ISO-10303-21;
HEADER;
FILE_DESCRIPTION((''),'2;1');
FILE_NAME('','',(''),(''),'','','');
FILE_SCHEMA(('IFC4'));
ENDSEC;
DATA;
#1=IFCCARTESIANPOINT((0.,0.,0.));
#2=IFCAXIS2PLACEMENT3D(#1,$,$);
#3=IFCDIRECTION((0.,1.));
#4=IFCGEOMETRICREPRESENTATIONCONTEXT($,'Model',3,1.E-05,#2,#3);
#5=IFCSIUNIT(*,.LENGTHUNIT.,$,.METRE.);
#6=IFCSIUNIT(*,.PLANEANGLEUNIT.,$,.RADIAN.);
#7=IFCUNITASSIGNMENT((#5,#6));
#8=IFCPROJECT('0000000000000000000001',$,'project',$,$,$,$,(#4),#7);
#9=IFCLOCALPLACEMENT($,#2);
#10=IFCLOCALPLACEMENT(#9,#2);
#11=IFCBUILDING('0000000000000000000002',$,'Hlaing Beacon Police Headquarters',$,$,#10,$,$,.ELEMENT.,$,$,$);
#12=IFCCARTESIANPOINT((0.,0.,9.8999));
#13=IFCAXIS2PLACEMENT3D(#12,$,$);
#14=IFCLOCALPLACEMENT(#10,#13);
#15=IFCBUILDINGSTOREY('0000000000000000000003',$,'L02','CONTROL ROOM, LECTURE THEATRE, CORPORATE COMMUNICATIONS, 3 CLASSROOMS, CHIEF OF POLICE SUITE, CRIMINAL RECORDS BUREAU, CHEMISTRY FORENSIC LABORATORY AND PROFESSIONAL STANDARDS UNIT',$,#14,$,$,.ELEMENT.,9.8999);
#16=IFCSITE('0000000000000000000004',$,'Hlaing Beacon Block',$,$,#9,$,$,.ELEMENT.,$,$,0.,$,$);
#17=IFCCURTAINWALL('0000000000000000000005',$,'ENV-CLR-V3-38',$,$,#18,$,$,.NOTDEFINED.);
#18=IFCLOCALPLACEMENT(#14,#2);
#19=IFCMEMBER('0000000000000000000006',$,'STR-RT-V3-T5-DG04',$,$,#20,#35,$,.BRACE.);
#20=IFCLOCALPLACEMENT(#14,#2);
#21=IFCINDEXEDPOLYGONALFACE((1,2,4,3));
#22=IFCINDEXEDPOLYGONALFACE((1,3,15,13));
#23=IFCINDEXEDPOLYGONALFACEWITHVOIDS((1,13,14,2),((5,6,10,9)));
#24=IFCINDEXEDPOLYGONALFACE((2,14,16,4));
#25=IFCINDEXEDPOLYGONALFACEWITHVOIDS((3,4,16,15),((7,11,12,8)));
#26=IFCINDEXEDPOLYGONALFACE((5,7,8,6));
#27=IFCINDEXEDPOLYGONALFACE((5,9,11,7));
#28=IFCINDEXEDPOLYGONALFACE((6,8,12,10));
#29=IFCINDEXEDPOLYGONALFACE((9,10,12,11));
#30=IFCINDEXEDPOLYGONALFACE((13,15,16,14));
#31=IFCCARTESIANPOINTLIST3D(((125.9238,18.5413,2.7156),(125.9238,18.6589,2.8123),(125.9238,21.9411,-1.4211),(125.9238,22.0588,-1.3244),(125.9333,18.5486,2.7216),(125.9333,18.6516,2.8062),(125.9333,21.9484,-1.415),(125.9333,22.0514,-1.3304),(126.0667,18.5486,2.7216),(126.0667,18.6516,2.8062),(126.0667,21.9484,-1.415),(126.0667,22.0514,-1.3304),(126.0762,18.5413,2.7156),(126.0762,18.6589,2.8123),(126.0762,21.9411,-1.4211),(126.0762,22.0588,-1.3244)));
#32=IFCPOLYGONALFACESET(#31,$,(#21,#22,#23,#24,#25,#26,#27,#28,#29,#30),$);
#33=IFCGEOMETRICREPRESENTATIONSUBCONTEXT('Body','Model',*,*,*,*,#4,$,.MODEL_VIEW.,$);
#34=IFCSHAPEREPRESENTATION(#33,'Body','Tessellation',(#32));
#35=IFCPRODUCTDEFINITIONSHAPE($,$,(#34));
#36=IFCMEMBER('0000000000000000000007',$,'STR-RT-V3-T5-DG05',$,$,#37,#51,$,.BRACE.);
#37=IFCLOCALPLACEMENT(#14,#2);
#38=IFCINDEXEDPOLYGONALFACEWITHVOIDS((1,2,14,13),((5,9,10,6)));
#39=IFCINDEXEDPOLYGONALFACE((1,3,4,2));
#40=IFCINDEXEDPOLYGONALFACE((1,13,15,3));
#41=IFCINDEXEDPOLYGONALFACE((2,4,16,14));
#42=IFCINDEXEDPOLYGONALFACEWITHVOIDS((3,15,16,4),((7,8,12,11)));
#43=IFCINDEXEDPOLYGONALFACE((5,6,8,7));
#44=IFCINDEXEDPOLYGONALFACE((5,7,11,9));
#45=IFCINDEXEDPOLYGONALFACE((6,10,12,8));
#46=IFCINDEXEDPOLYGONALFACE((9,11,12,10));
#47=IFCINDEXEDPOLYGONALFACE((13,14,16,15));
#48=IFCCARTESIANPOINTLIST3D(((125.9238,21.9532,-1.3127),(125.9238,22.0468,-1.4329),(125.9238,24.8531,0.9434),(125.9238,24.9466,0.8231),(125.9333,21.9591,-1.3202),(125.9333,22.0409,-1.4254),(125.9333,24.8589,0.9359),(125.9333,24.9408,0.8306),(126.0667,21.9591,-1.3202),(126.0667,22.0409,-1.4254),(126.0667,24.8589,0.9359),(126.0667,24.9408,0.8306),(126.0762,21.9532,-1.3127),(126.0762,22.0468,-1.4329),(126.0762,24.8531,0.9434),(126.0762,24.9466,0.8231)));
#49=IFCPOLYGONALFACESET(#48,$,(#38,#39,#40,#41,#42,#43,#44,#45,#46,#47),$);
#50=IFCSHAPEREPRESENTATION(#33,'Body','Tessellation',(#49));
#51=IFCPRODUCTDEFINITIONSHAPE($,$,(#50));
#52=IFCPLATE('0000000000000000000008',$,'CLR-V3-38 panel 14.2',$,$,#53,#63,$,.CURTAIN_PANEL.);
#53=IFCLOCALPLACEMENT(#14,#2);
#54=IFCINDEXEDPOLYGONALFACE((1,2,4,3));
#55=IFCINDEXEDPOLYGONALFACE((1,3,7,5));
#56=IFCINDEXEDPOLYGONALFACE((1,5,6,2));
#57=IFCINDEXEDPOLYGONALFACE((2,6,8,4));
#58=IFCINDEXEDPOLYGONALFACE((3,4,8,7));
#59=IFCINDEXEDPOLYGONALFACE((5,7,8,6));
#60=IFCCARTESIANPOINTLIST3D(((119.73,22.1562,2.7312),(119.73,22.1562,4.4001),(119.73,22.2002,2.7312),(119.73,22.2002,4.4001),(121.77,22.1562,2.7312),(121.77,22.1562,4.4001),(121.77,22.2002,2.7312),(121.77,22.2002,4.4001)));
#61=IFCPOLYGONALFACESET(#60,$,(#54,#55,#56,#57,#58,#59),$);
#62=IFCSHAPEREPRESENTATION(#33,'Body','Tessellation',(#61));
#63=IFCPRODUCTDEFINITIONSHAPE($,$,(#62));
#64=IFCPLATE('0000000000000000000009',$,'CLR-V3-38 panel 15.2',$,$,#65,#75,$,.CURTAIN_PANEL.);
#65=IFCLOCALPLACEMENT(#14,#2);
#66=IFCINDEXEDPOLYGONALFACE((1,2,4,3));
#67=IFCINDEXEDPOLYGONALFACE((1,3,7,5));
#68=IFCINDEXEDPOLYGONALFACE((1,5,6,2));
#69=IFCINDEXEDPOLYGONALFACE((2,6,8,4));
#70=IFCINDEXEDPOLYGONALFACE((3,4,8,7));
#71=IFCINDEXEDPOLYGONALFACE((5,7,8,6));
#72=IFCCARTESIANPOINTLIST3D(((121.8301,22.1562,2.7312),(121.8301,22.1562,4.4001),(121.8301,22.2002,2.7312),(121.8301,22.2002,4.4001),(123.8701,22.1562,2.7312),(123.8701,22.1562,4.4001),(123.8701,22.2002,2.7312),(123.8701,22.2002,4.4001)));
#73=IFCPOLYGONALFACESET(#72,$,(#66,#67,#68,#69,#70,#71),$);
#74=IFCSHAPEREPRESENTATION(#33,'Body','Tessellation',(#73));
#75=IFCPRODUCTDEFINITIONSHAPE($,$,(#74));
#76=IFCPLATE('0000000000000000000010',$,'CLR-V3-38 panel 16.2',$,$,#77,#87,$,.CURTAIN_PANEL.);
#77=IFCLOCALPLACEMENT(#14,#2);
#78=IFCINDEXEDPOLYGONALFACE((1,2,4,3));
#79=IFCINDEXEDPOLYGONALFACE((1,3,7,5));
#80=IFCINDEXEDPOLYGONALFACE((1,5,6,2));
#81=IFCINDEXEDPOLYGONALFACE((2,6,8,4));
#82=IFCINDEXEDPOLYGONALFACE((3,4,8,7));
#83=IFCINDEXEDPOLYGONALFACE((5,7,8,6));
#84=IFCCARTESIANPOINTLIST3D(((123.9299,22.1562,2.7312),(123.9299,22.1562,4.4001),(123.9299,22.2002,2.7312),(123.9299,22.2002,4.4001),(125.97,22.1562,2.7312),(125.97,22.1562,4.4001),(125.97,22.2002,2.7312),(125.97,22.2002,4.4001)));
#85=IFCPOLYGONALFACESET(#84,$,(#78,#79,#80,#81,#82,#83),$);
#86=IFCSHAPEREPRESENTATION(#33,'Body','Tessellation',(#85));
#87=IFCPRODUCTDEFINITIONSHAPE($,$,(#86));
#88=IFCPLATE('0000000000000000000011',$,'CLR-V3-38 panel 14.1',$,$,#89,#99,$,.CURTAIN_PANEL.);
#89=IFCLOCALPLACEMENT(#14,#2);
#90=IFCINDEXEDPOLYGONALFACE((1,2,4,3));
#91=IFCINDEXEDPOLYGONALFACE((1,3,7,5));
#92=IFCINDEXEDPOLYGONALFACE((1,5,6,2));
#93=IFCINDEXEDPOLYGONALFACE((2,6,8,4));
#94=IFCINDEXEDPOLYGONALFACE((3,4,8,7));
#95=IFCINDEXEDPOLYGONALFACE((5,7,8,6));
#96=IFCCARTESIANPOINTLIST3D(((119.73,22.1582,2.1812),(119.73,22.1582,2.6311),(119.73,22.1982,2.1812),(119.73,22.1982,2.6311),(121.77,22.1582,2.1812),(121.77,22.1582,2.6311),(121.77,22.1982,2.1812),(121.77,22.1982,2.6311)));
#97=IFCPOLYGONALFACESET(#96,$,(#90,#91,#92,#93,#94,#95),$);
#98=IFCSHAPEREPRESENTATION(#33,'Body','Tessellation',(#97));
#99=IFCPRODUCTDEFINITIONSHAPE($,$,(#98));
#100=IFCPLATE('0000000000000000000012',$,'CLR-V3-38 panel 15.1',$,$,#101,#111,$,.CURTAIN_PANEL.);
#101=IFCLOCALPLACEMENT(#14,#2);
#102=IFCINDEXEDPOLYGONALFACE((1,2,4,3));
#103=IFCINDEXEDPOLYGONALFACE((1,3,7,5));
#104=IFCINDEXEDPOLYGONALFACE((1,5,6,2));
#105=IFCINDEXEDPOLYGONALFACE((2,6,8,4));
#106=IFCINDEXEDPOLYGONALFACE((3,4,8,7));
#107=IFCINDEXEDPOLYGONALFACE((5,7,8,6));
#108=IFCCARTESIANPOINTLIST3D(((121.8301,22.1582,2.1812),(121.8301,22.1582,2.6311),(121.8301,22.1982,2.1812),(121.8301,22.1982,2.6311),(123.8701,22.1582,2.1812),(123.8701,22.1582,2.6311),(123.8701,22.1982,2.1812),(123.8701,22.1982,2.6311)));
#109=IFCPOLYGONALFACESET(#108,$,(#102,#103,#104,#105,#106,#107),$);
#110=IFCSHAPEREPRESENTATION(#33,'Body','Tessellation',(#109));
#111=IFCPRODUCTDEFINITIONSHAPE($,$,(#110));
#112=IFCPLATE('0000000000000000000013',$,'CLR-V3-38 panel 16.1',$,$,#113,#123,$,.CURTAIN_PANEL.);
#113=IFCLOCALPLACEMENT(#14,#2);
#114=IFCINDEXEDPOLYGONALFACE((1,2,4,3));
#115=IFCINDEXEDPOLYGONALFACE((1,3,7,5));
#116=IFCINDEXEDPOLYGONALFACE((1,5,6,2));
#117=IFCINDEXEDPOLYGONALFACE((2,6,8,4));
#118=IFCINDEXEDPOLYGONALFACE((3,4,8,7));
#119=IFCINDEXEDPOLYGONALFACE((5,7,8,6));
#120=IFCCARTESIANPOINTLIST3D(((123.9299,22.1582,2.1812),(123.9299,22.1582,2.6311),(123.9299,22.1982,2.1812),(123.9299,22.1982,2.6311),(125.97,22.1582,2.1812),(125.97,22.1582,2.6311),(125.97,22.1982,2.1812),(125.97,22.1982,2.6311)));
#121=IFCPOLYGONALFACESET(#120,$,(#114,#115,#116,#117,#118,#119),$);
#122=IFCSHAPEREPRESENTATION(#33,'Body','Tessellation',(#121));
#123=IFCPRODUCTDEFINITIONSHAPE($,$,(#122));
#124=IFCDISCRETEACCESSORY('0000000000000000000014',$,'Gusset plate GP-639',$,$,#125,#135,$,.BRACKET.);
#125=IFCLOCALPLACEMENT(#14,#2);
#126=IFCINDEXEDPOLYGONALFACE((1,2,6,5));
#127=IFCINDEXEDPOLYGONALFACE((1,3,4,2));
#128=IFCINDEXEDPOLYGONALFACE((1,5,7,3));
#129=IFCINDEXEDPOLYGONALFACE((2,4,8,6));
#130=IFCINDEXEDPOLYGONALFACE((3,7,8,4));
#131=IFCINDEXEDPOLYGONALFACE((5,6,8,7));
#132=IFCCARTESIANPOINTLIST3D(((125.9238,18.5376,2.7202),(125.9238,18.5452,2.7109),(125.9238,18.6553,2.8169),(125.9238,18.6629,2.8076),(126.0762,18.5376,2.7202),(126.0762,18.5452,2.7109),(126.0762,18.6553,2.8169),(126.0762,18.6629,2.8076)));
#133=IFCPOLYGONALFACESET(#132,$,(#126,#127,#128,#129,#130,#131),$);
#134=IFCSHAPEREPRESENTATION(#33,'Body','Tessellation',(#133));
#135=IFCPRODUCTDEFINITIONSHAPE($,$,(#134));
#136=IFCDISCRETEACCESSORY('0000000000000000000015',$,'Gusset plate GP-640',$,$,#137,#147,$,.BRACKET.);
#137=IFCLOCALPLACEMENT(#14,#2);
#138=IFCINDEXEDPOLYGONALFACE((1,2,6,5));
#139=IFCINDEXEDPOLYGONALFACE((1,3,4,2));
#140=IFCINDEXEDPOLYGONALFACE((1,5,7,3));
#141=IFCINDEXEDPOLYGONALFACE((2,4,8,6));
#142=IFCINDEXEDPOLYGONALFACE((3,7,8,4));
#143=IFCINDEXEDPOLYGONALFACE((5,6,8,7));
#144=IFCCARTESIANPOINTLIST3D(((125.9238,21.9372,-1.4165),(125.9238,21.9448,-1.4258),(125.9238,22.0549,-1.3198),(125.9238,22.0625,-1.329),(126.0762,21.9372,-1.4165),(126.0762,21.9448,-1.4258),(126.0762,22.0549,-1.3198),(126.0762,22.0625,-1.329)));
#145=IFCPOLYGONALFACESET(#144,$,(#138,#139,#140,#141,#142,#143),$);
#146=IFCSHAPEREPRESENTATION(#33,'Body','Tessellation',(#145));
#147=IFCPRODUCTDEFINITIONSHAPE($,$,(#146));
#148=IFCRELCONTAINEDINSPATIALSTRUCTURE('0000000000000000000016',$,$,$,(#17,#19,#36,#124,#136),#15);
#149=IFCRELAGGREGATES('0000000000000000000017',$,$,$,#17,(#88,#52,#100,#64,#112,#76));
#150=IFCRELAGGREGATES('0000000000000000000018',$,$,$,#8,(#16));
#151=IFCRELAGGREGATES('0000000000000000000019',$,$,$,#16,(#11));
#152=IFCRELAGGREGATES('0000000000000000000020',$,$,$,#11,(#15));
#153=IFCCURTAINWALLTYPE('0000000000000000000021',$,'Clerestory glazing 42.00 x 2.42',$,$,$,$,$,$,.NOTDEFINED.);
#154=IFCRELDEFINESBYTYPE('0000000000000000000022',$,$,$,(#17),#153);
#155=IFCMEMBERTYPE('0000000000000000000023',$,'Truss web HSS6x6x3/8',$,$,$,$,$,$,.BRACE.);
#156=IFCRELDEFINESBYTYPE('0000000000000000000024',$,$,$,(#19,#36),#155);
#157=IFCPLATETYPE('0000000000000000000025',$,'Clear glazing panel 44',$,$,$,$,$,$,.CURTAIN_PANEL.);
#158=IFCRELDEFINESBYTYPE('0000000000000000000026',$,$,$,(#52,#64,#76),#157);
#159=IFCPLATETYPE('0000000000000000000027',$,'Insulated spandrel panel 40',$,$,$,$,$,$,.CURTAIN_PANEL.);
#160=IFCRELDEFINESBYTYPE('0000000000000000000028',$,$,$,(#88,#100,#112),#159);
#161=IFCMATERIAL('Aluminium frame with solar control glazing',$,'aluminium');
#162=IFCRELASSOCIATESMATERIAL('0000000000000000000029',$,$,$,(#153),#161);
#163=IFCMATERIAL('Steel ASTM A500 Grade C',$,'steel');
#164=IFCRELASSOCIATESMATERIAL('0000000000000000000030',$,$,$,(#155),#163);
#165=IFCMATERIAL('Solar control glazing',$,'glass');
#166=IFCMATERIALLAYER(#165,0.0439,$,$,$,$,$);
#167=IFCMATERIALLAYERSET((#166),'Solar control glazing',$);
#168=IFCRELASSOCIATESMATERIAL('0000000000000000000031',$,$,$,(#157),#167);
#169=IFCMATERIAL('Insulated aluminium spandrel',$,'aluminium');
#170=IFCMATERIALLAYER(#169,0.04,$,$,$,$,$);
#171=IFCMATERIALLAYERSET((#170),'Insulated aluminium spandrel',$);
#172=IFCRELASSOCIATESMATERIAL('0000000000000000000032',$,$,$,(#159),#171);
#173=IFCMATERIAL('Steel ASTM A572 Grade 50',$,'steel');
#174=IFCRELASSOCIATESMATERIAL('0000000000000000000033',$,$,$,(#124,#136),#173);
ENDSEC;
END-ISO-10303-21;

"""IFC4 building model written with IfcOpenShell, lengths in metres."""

from ifc_helpers import new_model, si_unit, direction, frame, origin, origin_2d, place, context, subcontext, project, spatial, rectangle, hollow_rectangle, extrude, material, layer, layer_set, material_profile, profile_set, type_object, element, aggregate, save


model = new_model("IFC4")

# Units and contexts
model_context = context("Model", 3, precision=1e-05, world=origin(), true_north=direction((0.0, 1.0)))
body_context = subcontext(model_context, "Body", "Model", "MODEL_VIEW")
ifc_project = project(units=[si_unit("LENGTHUNIT", "METRE"), si_unit("PLANEANGLEUNIT", "RADIAN")], contexts=[model_context])

# Site, building, storey
site_placement = place(None, origin())
site = spatial("IfcSite", under=ifc_project, at=site_placement, Name="Hlaing Beacon Block", CompositionType="ELEMENT", RefElevation=0.0)
building_placement = place(site_placement, origin())
building = spatial("IfcBuilding", under=site, at=building_placement, Name="Hlaing Beacon Police Headquarters", CompositionType="ELEMENT")
storey_placement = place(building_placement, frame((0.0, 0.0, 9.8999)))
storey = spatial("IfcBuildingStorey", under=building, at=storey_placement, Name="L02", Description="CONTROL ROOM, LECTURE THEATRE, CORPORATE COMMUNICATIONS, 3 CLASSROOMS, CHIEF OF POLICE SUITE, CRIMINAL RECORDS BUREAU, CHEMISTRY FORENSIC LABORATORY AND PROFESSIONAL STANDARDS UNIT", CompositionType="ELEMENT", Elevation=9.8999)

# Curtain wall
ifc_material_1 = material(Name="Aluminium frame with solar control glazing", Category="aluminium")
curtain_wall_type = type_object("IfcCurtainWallType", Name="Clerestory glazing 42.00 x 2.42", PredefinedType="NOTDEFINED", material=ifc_material_1)
curtain_wall_placement = place(storey_placement, origin())
curtain_wall = element("IfcCurtainWall", 1, at=curtain_wall_placement, inside=storey, type_object=curtain_wall_type, Name="ENV-CLR-V3-38", PredefinedType="NOTDEFINED")

# Members
ifc_material_2 = material(Name="Steel ASTM A500 Grade C", Category="steel")
ifc_material_profile_1 = material_profile(ifc_material_2, hollow_rectangle(XDim=0.1523, YDim=0.1523, WallThickness=0.0095, at=origin_2d()), Name="HSS6x6x3/8")
ifc_profile_set_1 = profile_set([ifc_material_profile_1], Name="Steel ASTM A500 Grade C")
member_type_1 = type_object("IfcMemberType", Name="Truss web HSS6x6x3/8", PredefinedType="BRACE", material=ifc_profile_set_1)
member_1_placement = place(storey_placement, frame((126.0, 18.6001, 2.7639), z_axis=(0.0, 0.634949, -0.772554), x_axis=(-1.0, 0.0, 0.0)))
element("IfcMember", 2, at=member_1_placement, inside=storey, type_object=member_type_1, Name="STR-RT-V3-T5-DG04", PredefinedType="BRACE", context=body_context, shape_type="SweptSolid", body=[
    extrude(hollow_rectangle(XDim=0.1523, YDim=0.1523, WallThickness=0.0095, at=origin_2d()), origin(), (0.0, 0.0, 1.0), 5.3545),
])
member_2_placement = place(storey_placement, frame((126.0, 22.0, -1.3728), z_axis=(0.0, 0.78927, 0.614046), x_axis=(-1.0, 0.0, 0.0)))
element("IfcMember", 3, at=member_2_placement, inside=storey, type_object=member_type_1, Name="STR-RT-V3-T5-DG05", PredefinedType="BRACE", context=body_context, shape_type="SweptSolid", body=[
    extrude(hollow_rectangle(XDim=0.1523, YDim=0.1523, WallThickness=0.0095, at=origin_2d()), origin(), (0.0, 0.0, 1.0), 3.6741),
])

# Plates
ifc_material_3 = material(Name="Solar control glazing", Category="glass")
ifc_layer_1 = layer(ifc_material_3, 0.0439)
ifc_layer_set_1 = layer_set([ifc_layer_1], Name="Solar control glazing")
plate_type_1 = type_object("IfcPlateType", Name="Clear glazing panel 44", PredefinedType="CURTAIN_PANEL", material=ifc_layer_set_1)
plate_1_placement = place(storey_placement, frame((120.75, 22.1782, 2.7312), z_axis=(0.0, 0.0, 1.0), x_axis=(1.0, 0.0, 0.0)))
plate_1 = element("IfcPlate", 4, at=plate_1_placement, type_object=plate_type_1, Name="CLR-V3-38 panel 14.2", PredefinedType="CURTAIN_PANEL", context=body_context, shape_type="SweptSolid", body=[
    extrude(rectangle(XDim=2.04, YDim=0.0439, at=origin_2d()), origin(), (0.0, 0.0, 1.0), 1.6689),
])
plate_2_placement = place(storey_placement, frame((122.8501, 22.1782, 2.7312), z_axis=(0.0, 0.0, 1.0), x_axis=(1.0, 0.0, 0.0)))
plate_2 = element("IfcPlate", 5, at=plate_2_placement, type_object=plate_type_1, Name="CLR-V3-38 panel 15.2", PredefinedType="CURTAIN_PANEL", context=body_context, shape_type="SweptSolid", body=[
    extrude(rectangle(XDim=2.04, YDim=0.0439, at=origin_2d()), origin(), (0.0, 0.0, 1.0), 1.6689),
])
plate_3_placement = place(storey_placement, frame((124.95, 22.1782, 2.7312), z_axis=(0.0, 0.0, 1.0), x_axis=(1.0, 0.0, 0.0)))
plate_3 = element("IfcPlate", 6, at=plate_3_placement, type_object=plate_type_1, Name="CLR-V3-38 panel 16.2", PredefinedType="CURTAIN_PANEL", context=body_context, shape_type="SweptSolid", body=[
    extrude(rectangle(XDim=2.04, YDim=0.0439, at=origin_2d()), origin(), (0.0, 0.0, 1.0), 1.6689),
])
ifc_material_4 = material(Name="Insulated aluminium spandrel", Category="aluminium")
ifc_layer_2 = layer(ifc_material_4, 0.04)
ifc_layer_set_2 = layer_set([ifc_layer_2], Name="Insulated aluminium spandrel")
plate_type_2 = type_object("IfcPlateType", Name="Insulated spandrel panel 40", PredefinedType="CURTAIN_PANEL", material=ifc_layer_set_2)
plate_4_placement = place(storey_placement, frame((120.75, 22.1782, 2.1812), z_axis=(0.0, 0.0, 1.0), x_axis=(1.0, 0.0, 0.0)))
plate_4 = element("IfcPlate", 7, at=plate_4_placement, type_object=plate_type_2, Name="CLR-V3-38 panel 14.1", PredefinedType="CURTAIN_PANEL", context=body_context, shape_type="SweptSolid", body=[
    extrude(rectangle(XDim=2.04, YDim=0.04, at=origin_2d()), origin(), (0.0, 0.0, 1.0), 0.45),
])
plate_5_placement = place(storey_placement, frame((122.8501, 22.1782, 2.1812), z_axis=(0.0, 0.0, 1.0), x_axis=(1.0, 0.0, 0.0)))
plate_5 = element("IfcPlate", 8, at=plate_5_placement, type_object=plate_type_2, Name="CLR-V3-38 panel 15.1", PredefinedType="CURTAIN_PANEL", context=body_context, shape_type="SweptSolid", body=[
    extrude(rectangle(XDim=2.04, YDim=0.04, at=origin_2d()), origin(), (0.0, 0.0, 1.0), 0.45),
])
plate_6_placement = place(storey_placement, frame((124.95, 22.1782, 2.1812), z_axis=(0.0, 0.0, 1.0), x_axis=(1.0, 0.0, 0.0)))
plate_6 = element("IfcPlate", 9, at=plate_6_placement, type_object=plate_type_2, Name="CLR-V3-38 panel 16.1", PredefinedType="CURTAIN_PANEL", context=body_context, shape_type="SweptSolid", body=[
    extrude(rectangle(XDim=2.04, YDim=0.04, at=origin_2d()), origin(), (0.0, 0.0, 1.0), 0.45),
])
aggregate(curtain_wall, [plate_4, plate_1, plate_5, plate_2, plate_6, plate_3])

# Discrete accessories
ifc_material_5 = material(Name="Steel ASTM A572 Grade 50", Category="steel")
for number, where, z_axis, x_axis, name in (
    (10, (126.0, 18.604, 2.7593), (0.0, -0.634949, 0.772554), (1.0, 0.0, 0.0), "Gusset plate GP-639"),
    (11, (126.0, 21.9961, -1.3682), (0.0, 0.634949, -0.772554), (-1.0, 0.0, 0.0), "Gusset plate GP-640"),
):
    element("IfcDiscreteAccessory", number, at=place(storey_placement, frame(where, z_axis=z_axis, x_axis=x_axis)), inside=storey, material=ifc_material_5, Name=name, PredefinedType="BRACKET", context=body_context, shape_type="SweptSolid", body=[
        extrude(rectangle(XDim=0.1523, YDim=0.1523, at=origin_2d()), origin(), (0.0, 0.0, 1.0), 0.012),
    ])

save(model, "model.ifc")
